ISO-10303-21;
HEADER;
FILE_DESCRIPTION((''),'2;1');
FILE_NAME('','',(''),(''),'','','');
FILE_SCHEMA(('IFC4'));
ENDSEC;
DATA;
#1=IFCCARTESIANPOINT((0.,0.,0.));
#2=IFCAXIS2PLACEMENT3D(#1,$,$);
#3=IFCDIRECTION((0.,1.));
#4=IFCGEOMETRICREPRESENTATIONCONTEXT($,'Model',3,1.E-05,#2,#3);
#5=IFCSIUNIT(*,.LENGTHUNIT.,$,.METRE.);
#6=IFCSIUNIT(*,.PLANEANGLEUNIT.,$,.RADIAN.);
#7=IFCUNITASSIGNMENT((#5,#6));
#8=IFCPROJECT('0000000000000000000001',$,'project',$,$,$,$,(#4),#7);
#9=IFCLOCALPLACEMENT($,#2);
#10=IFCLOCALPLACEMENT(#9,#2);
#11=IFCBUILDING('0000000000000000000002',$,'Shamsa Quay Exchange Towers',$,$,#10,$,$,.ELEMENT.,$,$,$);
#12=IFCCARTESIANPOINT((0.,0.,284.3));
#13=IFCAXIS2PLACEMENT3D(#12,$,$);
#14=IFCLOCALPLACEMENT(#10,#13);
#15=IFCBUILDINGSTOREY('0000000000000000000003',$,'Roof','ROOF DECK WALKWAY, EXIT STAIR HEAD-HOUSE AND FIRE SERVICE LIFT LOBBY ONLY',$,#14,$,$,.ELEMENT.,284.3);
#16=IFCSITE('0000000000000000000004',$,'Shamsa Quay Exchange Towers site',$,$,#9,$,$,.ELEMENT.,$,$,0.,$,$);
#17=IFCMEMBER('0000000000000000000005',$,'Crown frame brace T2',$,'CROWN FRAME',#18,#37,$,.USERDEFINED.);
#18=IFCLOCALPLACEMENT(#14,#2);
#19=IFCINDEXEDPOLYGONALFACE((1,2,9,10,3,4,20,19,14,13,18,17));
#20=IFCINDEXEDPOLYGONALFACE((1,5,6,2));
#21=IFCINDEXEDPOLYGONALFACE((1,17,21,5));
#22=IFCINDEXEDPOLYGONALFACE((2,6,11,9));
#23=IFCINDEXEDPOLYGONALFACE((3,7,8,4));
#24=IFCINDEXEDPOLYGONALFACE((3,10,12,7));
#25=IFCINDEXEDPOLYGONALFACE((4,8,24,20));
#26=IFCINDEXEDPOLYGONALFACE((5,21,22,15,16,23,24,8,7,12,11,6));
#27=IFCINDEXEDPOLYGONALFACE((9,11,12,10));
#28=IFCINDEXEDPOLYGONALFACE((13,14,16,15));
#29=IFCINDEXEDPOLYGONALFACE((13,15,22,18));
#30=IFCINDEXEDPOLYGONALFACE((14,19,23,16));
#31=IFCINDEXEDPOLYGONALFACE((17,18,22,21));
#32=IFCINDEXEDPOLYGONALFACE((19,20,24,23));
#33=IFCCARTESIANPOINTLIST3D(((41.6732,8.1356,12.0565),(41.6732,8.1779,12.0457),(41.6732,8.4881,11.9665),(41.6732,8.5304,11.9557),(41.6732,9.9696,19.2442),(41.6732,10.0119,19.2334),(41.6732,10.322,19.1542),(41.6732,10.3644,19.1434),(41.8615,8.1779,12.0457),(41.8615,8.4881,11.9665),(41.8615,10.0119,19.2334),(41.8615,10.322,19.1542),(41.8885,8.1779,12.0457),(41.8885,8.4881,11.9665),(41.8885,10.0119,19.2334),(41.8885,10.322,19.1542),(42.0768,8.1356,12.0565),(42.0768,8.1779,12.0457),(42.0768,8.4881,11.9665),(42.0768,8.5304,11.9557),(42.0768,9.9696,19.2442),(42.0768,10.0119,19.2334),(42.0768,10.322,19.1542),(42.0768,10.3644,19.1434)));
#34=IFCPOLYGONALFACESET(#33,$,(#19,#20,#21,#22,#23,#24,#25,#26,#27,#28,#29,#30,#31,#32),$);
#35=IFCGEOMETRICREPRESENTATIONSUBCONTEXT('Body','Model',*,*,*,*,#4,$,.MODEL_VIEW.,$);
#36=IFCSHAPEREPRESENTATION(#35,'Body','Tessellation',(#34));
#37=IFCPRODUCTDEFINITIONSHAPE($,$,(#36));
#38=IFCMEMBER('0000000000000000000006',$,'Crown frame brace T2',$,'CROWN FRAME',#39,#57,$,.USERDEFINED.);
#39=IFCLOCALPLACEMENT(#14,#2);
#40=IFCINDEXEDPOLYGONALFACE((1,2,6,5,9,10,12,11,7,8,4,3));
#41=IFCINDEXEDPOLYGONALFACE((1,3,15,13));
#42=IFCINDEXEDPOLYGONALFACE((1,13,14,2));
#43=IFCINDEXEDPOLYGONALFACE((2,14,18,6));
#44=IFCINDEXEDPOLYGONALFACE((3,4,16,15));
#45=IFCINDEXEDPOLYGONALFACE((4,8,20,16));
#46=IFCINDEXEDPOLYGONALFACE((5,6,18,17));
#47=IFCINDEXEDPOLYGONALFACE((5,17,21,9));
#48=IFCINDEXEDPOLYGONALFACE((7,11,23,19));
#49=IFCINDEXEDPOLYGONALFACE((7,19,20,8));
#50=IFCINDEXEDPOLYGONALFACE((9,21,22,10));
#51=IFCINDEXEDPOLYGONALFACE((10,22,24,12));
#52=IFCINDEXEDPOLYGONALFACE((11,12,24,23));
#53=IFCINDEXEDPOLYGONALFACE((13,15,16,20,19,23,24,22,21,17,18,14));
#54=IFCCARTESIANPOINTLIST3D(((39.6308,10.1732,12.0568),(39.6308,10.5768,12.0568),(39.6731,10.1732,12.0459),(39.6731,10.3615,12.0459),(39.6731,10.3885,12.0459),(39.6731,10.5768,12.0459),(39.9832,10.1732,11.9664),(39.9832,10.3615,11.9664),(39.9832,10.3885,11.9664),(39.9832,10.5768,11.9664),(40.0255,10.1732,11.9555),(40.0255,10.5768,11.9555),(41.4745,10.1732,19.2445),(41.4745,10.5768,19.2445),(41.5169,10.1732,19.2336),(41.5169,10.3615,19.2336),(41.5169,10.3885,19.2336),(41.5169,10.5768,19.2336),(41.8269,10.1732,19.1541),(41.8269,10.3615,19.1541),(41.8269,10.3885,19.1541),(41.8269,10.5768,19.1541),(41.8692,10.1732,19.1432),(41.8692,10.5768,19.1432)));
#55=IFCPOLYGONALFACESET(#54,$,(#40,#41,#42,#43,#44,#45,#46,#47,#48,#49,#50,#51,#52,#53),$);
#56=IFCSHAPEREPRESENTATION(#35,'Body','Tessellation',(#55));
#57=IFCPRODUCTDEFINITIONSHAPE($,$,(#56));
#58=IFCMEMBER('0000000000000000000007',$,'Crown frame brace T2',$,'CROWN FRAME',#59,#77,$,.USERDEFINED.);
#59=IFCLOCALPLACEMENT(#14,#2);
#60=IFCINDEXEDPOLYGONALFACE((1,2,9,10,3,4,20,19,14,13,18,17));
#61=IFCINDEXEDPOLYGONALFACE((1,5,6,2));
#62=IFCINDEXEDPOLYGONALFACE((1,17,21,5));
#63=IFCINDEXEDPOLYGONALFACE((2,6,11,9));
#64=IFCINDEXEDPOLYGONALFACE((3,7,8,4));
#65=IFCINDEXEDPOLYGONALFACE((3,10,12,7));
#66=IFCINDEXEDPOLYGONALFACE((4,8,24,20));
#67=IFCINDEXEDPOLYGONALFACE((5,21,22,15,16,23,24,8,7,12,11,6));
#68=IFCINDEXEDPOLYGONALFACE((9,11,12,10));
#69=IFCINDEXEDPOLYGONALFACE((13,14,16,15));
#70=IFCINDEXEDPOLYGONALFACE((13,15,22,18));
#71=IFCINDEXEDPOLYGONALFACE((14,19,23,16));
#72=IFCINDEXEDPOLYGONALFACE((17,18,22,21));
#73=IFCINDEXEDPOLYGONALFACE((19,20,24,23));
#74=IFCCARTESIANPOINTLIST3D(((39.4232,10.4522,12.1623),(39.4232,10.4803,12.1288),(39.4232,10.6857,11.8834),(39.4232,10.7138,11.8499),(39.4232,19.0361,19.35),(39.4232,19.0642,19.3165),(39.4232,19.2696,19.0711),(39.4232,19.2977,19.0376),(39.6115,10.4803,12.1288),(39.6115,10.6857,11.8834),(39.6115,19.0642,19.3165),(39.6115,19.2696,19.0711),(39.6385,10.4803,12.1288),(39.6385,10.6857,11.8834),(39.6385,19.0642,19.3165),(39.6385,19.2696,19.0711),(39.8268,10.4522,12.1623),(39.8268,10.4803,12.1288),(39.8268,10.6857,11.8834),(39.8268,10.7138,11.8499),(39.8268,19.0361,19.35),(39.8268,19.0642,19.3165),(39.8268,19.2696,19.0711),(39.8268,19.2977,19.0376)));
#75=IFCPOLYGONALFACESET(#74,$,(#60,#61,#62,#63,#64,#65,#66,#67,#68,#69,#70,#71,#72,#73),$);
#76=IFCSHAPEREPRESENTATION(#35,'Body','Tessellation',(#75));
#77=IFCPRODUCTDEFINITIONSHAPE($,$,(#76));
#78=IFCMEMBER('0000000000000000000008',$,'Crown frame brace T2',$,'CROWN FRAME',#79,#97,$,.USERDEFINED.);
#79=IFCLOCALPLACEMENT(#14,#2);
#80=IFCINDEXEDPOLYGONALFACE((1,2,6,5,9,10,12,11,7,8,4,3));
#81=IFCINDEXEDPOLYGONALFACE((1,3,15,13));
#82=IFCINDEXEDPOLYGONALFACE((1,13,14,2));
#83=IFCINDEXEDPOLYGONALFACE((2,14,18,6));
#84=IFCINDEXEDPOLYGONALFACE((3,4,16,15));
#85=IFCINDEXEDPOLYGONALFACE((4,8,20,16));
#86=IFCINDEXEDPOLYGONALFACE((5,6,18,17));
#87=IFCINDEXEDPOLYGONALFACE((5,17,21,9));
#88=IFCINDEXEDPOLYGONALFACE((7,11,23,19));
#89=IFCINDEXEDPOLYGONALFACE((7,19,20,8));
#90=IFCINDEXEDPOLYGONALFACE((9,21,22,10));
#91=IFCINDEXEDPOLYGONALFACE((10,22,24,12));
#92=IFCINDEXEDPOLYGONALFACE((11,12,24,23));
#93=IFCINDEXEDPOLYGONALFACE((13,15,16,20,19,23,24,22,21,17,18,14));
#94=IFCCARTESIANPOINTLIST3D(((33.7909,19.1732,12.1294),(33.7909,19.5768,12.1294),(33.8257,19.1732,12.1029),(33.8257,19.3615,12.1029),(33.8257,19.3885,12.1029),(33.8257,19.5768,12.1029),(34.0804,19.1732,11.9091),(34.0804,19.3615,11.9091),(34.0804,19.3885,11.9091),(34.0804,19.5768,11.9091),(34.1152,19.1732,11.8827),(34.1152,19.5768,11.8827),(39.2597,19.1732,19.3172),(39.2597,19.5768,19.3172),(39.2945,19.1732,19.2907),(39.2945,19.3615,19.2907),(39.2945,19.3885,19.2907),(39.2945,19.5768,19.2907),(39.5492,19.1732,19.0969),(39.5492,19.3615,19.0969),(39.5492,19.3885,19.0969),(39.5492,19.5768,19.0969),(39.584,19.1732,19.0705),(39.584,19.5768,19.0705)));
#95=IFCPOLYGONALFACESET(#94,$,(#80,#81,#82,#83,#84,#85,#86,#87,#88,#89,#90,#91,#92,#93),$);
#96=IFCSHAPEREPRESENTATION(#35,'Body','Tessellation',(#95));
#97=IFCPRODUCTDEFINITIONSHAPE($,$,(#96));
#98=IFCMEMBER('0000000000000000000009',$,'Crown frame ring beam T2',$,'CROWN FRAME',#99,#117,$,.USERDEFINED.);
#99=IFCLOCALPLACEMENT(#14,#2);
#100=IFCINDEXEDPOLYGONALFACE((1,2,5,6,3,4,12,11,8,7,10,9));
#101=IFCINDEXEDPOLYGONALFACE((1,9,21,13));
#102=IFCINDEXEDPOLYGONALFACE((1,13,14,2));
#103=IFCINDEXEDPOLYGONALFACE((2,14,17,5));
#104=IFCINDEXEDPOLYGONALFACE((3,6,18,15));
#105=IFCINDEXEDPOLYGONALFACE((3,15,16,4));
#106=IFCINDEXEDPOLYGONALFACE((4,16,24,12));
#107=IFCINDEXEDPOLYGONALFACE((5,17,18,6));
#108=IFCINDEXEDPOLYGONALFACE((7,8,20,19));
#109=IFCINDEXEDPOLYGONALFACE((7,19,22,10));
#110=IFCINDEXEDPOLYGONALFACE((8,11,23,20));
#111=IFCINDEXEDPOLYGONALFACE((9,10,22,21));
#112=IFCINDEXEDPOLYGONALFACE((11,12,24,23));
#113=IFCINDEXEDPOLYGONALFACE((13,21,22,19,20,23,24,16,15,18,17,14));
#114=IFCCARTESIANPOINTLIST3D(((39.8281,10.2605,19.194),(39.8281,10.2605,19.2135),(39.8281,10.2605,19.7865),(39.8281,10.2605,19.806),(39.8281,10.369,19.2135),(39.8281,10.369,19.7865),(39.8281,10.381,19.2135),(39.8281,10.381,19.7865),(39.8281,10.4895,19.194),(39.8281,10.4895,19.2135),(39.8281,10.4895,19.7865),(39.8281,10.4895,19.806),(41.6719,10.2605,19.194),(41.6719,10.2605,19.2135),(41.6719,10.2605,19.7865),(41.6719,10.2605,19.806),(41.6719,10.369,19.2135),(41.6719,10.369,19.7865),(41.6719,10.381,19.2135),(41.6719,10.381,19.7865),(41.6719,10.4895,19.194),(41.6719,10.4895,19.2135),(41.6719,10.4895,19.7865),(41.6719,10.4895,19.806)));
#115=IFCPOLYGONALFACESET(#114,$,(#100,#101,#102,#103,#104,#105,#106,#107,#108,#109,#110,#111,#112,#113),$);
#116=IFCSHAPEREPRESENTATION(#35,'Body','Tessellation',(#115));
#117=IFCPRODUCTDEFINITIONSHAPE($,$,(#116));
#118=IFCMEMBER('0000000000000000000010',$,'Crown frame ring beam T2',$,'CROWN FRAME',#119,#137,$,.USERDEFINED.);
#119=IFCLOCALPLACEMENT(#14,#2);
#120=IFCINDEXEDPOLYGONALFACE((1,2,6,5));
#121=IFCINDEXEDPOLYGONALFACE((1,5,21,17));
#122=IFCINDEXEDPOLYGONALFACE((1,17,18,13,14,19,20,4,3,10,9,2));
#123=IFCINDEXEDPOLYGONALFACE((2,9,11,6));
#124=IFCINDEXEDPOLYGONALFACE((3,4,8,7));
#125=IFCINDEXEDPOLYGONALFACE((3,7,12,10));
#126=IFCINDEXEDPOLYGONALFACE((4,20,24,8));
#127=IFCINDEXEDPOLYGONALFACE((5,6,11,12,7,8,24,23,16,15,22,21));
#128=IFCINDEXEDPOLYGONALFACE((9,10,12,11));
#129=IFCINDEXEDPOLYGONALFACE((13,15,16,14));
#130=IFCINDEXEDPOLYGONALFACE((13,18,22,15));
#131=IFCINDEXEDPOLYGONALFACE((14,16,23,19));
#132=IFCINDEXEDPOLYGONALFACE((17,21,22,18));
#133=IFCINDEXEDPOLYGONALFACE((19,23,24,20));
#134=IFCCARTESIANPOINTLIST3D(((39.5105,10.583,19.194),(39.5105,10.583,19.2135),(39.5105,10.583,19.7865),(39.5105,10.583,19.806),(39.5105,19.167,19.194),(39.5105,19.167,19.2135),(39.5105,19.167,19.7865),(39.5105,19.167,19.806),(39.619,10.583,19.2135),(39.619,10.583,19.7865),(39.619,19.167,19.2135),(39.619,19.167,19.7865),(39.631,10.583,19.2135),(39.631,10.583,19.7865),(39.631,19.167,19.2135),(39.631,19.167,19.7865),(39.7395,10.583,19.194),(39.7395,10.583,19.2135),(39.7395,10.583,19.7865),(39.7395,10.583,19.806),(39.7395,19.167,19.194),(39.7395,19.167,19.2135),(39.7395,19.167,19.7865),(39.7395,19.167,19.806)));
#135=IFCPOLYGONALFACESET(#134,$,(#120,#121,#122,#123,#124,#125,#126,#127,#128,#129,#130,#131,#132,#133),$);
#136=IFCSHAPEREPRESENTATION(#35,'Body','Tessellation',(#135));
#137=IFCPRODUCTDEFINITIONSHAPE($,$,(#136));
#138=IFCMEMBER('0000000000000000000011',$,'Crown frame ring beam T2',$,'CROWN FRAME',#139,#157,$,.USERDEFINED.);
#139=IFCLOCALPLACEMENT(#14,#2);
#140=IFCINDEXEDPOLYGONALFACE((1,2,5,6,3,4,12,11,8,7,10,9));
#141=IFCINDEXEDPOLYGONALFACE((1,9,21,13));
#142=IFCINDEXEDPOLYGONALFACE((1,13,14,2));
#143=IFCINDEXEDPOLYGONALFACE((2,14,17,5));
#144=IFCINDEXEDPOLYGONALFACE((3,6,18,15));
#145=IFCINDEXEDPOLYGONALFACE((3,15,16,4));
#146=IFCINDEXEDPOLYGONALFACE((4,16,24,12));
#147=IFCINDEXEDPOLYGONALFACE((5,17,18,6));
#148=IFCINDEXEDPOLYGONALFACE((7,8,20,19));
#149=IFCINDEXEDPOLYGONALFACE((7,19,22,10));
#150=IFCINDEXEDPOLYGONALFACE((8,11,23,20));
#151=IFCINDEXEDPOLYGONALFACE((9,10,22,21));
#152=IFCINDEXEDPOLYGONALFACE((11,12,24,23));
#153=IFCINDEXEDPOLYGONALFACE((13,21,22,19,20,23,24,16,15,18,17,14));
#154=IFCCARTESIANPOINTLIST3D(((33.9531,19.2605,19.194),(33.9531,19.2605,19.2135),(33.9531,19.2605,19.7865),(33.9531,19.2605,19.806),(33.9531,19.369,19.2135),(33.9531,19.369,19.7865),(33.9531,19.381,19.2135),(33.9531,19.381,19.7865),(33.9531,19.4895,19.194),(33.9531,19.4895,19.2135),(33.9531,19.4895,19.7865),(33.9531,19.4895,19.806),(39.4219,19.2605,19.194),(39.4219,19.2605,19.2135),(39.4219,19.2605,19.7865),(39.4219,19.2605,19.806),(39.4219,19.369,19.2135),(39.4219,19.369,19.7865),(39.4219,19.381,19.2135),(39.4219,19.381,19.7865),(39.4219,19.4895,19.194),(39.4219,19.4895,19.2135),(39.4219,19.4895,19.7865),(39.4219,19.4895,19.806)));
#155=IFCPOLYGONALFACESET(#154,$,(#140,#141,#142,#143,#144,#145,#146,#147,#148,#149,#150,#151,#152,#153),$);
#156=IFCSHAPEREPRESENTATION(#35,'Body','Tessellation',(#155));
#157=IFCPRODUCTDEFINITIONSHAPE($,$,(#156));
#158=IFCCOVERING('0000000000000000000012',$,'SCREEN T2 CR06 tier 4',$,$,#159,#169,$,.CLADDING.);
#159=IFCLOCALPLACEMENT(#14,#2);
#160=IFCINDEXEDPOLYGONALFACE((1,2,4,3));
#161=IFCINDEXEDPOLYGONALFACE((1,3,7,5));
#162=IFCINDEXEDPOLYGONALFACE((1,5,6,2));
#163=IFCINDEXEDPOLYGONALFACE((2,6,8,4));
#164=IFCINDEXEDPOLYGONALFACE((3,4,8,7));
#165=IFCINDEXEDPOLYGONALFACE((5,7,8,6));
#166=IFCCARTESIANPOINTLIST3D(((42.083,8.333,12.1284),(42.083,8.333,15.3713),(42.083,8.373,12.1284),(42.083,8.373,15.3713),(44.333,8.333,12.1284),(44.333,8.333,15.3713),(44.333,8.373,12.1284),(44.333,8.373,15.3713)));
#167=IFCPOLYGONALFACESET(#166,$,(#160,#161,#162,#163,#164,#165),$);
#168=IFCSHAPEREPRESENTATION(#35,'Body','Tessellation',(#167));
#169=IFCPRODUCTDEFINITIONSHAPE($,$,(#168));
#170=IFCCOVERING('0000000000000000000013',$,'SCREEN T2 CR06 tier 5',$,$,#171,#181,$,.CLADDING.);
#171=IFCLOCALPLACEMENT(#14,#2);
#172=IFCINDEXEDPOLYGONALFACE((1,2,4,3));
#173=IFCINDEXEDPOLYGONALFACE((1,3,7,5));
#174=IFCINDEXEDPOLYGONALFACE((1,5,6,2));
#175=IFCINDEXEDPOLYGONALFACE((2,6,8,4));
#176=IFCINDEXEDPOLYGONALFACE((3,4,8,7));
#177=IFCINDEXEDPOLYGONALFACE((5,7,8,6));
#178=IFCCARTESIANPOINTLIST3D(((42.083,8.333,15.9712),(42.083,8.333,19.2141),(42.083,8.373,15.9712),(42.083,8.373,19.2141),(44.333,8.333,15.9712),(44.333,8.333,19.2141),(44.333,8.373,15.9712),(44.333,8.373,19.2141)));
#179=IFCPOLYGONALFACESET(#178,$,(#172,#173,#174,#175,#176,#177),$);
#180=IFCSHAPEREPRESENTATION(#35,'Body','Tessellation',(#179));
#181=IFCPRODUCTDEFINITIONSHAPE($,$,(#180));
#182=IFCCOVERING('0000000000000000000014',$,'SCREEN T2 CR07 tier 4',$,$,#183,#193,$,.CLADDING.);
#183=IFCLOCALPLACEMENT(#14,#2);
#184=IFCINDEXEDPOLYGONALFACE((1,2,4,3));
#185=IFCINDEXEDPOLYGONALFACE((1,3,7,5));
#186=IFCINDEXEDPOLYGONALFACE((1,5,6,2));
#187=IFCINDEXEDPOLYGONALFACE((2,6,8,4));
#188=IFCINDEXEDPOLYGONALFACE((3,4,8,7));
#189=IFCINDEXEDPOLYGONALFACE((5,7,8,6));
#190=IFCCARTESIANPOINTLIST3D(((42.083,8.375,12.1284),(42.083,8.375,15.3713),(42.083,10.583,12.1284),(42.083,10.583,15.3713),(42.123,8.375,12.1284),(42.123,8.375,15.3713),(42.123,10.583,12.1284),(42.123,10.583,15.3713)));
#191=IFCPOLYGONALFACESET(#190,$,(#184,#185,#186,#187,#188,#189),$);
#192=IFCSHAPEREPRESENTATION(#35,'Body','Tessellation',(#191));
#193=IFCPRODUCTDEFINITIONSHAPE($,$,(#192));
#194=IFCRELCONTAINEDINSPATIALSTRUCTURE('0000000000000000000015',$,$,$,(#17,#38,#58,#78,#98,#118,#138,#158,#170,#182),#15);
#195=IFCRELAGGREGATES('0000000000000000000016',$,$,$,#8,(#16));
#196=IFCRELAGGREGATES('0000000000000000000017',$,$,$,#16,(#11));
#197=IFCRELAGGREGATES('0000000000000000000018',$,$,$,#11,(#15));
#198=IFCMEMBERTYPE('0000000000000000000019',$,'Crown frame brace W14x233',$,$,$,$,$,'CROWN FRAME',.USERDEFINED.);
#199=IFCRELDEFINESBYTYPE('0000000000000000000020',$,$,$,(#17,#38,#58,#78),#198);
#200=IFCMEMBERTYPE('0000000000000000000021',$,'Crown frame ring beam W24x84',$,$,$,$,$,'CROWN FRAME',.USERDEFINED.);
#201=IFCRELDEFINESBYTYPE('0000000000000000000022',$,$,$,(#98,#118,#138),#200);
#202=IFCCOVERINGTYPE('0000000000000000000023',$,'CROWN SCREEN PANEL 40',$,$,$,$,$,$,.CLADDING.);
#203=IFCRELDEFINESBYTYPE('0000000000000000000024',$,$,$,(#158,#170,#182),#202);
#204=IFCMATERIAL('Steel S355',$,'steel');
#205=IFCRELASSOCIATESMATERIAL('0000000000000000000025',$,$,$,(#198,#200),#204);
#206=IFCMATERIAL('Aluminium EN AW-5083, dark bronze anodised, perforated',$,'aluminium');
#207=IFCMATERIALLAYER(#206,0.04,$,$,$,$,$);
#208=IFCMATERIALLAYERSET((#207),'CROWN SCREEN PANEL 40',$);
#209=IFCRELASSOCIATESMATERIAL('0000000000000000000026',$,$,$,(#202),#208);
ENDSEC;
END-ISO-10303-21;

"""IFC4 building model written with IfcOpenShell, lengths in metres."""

from ifc_helpers import new_model, si_unit, direction, frame, origin, origin_2d, place, context, subcontext, project, spatial, rectangle, i_section, extrude, material, layer, layer_set, material_profile, profile_set, type_object, element, save


model = new_model("IFC4")

# Units and contexts
model_context = context("Model", 3, precision=1e-05, world=origin(), true_north=direction((0.0, 1.0)))
body_context = subcontext(model_context, "Body", "Model", "MODEL_VIEW")
ifc_project = project(units=[si_unit("LENGTHUNIT", "METRE"), si_unit("PLANEANGLEUNIT", "RADIAN")], contexts=[model_context])

# Site, building, storey
site_placement = place(None, origin())
site = spatial("IfcSite", under=ifc_project, at=site_placement, Name="Shamsa Quay Exchange Towers site", CompositionType="ELEMENT", RefElevation=0.0)
building_placement = place(site_placement, origin())
building = spatial("IfcBuilding", under=site, at=building_placement, Name="Shamsa Quay Exchange Towers", CompositionType="ELEMENT")
storey_placement = place(building_placement, frame((0.0, 0.0, 284.3)))
storey = spatial("IfcBuildingStorey", under=building, at=storey_placement, Name="Roof", Description="ROOF DECK WALKWAY, EXIT STAIR HEAD-HOUSE AND FIRE SERVICE LIFT LOBBY ONLY", CompositionType="ELEMENT", Elevation=284.3)

# Members
ifc_material_1 = material(Name="Steel S355", Category="steel")
ifc_material_profile_1 = material_profile(ifc_material_1, i_section(OverallWidth=0.4036, OverallDepth=0.4075, WebThickness=0.0271, FlangeThickness=0.0437, at=origin_2d()), Name="W14x233")
ifc_profile_set_1 = profile_set([ifc_material_profile_1], Name="Steel S355")
member_type_1 = type_object("IfcMemberType", Name="Crown frame brace W14x233", ElementType="CROWN FRAME", PredefinedType="USERDEFINED", material=ifc_profile_set_1)
member_1_placement = place(storey_placement, frame((41.875, 8.333, 12.0061), z_axis=(0.0, 0.247233, 0.968956), x_axis=(-1.0, 0.0, 0.0)))
element("IfcMember", 1, at=member_1_placement, inside=storey, type_object=member_type_1, Name="Crown frame brace T2", ObjectType="CROWN FRAME", PredefinedType="USERDEFINED", context=body_context, shape_type="SweptSolid", body=[
    extrude(i_section(OverallWidth=0.4036, OverallDepth=0.4075, WebThickness=0.0271, FlangeThickness=0.0437, at=origin_2d()), origin(), (0.0, 0.0, 1.0), 7.418),
])
member_2_placement = place(storey_placement, frame((41.6719, 10.375, 19.1938), z_axis=(-0.248469, 0.0, -0.96864), x_axis=(0.0, -1.0, 0.0)))
element("IfcMember", 2, at=member_2_placement, inside=storey, type_object=member_type_1, Name="Crown frame brace T2", ObjectType="CROWN FRAME", PredefinedType="USERDEFINED", context=body_context, shape_type="SweptSolid", body=[
    extrude(i_section(OverallWidth=0.4036, OverallDepth=0.4075, WebThickness=0.0271, FlangeThickness=0.0437, at=origin_2d()), origin(), (0.0, 0.0, 1.0), 7.4204),
])
member_3_placement = place(storey_placement, frame((39.625, 10.583, 12.0061), z_axis=(0.0, 0.766707, 0.641997), x_axis=(-1.0, 0.0, 0.0)))
element("IfcMember", 3, at=member_3_placement, inside=storey, type_object=member_type_1, Name="Crown frame brace T2", ObjectType="CROWN FRAME", PredefinedType="USERDEFINED", context=body_context, shape_type="SweptSolid", body=[
    extrude(i_section(OverallWidth=0.4036, OverallDepth=0.4075, WebThickness=0.0271, FlangeThickness=0.0437, at=origin_2d()), origin(), (0.0, 0.0, 1.0), 11.1958),
])
member_4_placement = place(storey_placement, frame((39.4219, 19.375, 19.1938), z_axis=(-0.605509, 0.0, -0.795839), x_axis=(0.0, -1.0, 0.0)))
element("IfcMember", 4, at=member_4_placement, inside=storey, type_object=member_type_1, Name="Crown frame brace T2", ObjectType="CROWN FRAME", PredefinedType="USERDEFINED", context=body_context, shape_type="SweptSolid", body=[
    extrude(i_section(OverallWidth=0.4036, OverallDepth=0.4075, WebThickness=0.0271, FlangeThickness=0.0437, at=origin_2d()), origin(), (0.0, 0.0, 1.0), 9.0317),
])
ifc_material_profile_2 = material_profile(ifc_material_1, i_section(OverallWidth=0.229, OverallDepth=0.6121, WebThickness=0.012, FlangeThickness=0.0195, at=origin_2d()), Name="W24x84")
ifc_profile_set_2 = profile_set([ifc_material_profile_2], Name="Steel S355")
member_type_2 = type_object("IfcMemberType", Name="Crown frame ring beam W24x84", ElementType="CROWN FRAME", PredefinedType="USERDEFINED", material=ifc_profile_set_2)
member_5_placement = place(storey_placement, frame((41.6719, 10.375, 19.5), z_axis=(-1.0, 0.0, 0.0), x_axis=(0.0, -1.0, 0.0)))
element("IfcMember", 5, at=member_5_placement, inside=storey, type_object=member_type_2, Name="Crown frame ring beam T2", ObjectType="CROWN FRAME", PredefinedType="USERDEFINED", context=body_context, shape_type="SweptSolid", body=[
    extrude(i_section(OverallWidth=0.229, OverallDepth=0.6121, WebThickness=0.012, FlangeThickness=0.0195, at=origin_2d()), origin(), (0.0, 0.0, 1.0), 1.8438),
])
member_6_placement = place(storey_placement, frame((39.625, 10.583, 19.5), z_axis=(0.0, 1.0, 0.0), x_axis=(-1.0, 0.0, 0.0)))
element("IfcMember", 6, at=member_6_placement, inside=storey, type_object=member_type_2, Name="Crown frame ring beam T2", ObjectType="CROWN FRAME", PredefinedType="USERDEFINED", context=body_context, shape_type="SweptSolid", body=[
    extrude(i_section(OverallWidth=0.229, OverallDepth=0.6121, WebThickness=0.012, FlangeThickness=0.0195, at=origin_2d()), origin(), (0.0, 0.0, 1.0), 8.584),
])
member_7_placement = place(storey_placement, frame((39.4219, 19.375, 19.5), z_axis=(-1.0, 0.0, 0.0), x_axis=(0.0, -1.0, 0.0)))
element("IfcMember", 7, at=member_7_placement, inside=storey, type_object=member_type_2, Name="Crown frame ring beam T2", ObjectType="CROWN FRAME", PredefinedType="USERDEFINED", context=body_context, shape_type="SweptSolid", body=[
    extrude(i_section(OverallWidth=0.229, OverallDepth=0.6121, WebThickness=0.012, FlangeThickness=0.0195, at=origin_2d()), origin(), (0.0, 0.0, 1.0), 5.4688),
])

# Coverings
ifc_material_2 = material(Name="Aluminium EN AW-5083, dark bronze anodised, perforated", Category="aluminium")
ifc_layer = layer(ifc_material_2, 0.04)
ifc_layer_set = layer_set([ifc_layer], Name="CROWN SCREEN PANEL 40")
covering_type = type_object("IfcCoveringType", Name="CROWN SCREEN PANEL 40", PredefinedType="CLADDING", material=ifc_layer_set)
for number, where, z_axis, x_axis, name in (
    (8, (43.208, 8.353, 12.1284), (0.0, 0.0, 1.0), (-1.0, 0.0, 0.0), "SCREEN T2 CR06 tier 4"),
    (9, (43.208, 8.353, 15.9712), (0.0, 0.0, 1.0), (-1.0, 0.0, 0.0), "SCREEN T2 CR06 tier 5"),
):
    element("IfcCovering", number, at=place(storey_placement, frame(where, z_axis=z_axis, x_axis=x_axis)), inside=storey, type_object=covering_type, Name=name, PredefinedType="CLADDING", context=body_context, shape_type="SweptSolid", body=[
        extrude(rectangle(XDim=2.25, YDim=0.04, at=origin_2d()), origin(), (0.0, 0.0, 1.0), 3.2429),
    ])
for number, where, z_axis, x_axis, name in (
    (10, (42.103, 9.479, 12.1284), (0.0, 0.0, 1.0), (0.0, 1.0, 0.0), "SCREEN T2 CR07 tier 4"),
):
    element("IfcCovering", number, at=place(storey_placement, frame(where, z_axis=z_axis, x_axis=x_axis)), inside=storey, type_object=covering_type, Name=name, PredefinedType="CLADDING", context=body_context, shape_type="SweptSolid", body=[
        extrude(rectangle(XDim=2.208, YDim=0.04, at=origin_2d()), origin(), (0.0, 0.0, 1.0), 3.2429),
    ])

save(model, "model.ifc")
